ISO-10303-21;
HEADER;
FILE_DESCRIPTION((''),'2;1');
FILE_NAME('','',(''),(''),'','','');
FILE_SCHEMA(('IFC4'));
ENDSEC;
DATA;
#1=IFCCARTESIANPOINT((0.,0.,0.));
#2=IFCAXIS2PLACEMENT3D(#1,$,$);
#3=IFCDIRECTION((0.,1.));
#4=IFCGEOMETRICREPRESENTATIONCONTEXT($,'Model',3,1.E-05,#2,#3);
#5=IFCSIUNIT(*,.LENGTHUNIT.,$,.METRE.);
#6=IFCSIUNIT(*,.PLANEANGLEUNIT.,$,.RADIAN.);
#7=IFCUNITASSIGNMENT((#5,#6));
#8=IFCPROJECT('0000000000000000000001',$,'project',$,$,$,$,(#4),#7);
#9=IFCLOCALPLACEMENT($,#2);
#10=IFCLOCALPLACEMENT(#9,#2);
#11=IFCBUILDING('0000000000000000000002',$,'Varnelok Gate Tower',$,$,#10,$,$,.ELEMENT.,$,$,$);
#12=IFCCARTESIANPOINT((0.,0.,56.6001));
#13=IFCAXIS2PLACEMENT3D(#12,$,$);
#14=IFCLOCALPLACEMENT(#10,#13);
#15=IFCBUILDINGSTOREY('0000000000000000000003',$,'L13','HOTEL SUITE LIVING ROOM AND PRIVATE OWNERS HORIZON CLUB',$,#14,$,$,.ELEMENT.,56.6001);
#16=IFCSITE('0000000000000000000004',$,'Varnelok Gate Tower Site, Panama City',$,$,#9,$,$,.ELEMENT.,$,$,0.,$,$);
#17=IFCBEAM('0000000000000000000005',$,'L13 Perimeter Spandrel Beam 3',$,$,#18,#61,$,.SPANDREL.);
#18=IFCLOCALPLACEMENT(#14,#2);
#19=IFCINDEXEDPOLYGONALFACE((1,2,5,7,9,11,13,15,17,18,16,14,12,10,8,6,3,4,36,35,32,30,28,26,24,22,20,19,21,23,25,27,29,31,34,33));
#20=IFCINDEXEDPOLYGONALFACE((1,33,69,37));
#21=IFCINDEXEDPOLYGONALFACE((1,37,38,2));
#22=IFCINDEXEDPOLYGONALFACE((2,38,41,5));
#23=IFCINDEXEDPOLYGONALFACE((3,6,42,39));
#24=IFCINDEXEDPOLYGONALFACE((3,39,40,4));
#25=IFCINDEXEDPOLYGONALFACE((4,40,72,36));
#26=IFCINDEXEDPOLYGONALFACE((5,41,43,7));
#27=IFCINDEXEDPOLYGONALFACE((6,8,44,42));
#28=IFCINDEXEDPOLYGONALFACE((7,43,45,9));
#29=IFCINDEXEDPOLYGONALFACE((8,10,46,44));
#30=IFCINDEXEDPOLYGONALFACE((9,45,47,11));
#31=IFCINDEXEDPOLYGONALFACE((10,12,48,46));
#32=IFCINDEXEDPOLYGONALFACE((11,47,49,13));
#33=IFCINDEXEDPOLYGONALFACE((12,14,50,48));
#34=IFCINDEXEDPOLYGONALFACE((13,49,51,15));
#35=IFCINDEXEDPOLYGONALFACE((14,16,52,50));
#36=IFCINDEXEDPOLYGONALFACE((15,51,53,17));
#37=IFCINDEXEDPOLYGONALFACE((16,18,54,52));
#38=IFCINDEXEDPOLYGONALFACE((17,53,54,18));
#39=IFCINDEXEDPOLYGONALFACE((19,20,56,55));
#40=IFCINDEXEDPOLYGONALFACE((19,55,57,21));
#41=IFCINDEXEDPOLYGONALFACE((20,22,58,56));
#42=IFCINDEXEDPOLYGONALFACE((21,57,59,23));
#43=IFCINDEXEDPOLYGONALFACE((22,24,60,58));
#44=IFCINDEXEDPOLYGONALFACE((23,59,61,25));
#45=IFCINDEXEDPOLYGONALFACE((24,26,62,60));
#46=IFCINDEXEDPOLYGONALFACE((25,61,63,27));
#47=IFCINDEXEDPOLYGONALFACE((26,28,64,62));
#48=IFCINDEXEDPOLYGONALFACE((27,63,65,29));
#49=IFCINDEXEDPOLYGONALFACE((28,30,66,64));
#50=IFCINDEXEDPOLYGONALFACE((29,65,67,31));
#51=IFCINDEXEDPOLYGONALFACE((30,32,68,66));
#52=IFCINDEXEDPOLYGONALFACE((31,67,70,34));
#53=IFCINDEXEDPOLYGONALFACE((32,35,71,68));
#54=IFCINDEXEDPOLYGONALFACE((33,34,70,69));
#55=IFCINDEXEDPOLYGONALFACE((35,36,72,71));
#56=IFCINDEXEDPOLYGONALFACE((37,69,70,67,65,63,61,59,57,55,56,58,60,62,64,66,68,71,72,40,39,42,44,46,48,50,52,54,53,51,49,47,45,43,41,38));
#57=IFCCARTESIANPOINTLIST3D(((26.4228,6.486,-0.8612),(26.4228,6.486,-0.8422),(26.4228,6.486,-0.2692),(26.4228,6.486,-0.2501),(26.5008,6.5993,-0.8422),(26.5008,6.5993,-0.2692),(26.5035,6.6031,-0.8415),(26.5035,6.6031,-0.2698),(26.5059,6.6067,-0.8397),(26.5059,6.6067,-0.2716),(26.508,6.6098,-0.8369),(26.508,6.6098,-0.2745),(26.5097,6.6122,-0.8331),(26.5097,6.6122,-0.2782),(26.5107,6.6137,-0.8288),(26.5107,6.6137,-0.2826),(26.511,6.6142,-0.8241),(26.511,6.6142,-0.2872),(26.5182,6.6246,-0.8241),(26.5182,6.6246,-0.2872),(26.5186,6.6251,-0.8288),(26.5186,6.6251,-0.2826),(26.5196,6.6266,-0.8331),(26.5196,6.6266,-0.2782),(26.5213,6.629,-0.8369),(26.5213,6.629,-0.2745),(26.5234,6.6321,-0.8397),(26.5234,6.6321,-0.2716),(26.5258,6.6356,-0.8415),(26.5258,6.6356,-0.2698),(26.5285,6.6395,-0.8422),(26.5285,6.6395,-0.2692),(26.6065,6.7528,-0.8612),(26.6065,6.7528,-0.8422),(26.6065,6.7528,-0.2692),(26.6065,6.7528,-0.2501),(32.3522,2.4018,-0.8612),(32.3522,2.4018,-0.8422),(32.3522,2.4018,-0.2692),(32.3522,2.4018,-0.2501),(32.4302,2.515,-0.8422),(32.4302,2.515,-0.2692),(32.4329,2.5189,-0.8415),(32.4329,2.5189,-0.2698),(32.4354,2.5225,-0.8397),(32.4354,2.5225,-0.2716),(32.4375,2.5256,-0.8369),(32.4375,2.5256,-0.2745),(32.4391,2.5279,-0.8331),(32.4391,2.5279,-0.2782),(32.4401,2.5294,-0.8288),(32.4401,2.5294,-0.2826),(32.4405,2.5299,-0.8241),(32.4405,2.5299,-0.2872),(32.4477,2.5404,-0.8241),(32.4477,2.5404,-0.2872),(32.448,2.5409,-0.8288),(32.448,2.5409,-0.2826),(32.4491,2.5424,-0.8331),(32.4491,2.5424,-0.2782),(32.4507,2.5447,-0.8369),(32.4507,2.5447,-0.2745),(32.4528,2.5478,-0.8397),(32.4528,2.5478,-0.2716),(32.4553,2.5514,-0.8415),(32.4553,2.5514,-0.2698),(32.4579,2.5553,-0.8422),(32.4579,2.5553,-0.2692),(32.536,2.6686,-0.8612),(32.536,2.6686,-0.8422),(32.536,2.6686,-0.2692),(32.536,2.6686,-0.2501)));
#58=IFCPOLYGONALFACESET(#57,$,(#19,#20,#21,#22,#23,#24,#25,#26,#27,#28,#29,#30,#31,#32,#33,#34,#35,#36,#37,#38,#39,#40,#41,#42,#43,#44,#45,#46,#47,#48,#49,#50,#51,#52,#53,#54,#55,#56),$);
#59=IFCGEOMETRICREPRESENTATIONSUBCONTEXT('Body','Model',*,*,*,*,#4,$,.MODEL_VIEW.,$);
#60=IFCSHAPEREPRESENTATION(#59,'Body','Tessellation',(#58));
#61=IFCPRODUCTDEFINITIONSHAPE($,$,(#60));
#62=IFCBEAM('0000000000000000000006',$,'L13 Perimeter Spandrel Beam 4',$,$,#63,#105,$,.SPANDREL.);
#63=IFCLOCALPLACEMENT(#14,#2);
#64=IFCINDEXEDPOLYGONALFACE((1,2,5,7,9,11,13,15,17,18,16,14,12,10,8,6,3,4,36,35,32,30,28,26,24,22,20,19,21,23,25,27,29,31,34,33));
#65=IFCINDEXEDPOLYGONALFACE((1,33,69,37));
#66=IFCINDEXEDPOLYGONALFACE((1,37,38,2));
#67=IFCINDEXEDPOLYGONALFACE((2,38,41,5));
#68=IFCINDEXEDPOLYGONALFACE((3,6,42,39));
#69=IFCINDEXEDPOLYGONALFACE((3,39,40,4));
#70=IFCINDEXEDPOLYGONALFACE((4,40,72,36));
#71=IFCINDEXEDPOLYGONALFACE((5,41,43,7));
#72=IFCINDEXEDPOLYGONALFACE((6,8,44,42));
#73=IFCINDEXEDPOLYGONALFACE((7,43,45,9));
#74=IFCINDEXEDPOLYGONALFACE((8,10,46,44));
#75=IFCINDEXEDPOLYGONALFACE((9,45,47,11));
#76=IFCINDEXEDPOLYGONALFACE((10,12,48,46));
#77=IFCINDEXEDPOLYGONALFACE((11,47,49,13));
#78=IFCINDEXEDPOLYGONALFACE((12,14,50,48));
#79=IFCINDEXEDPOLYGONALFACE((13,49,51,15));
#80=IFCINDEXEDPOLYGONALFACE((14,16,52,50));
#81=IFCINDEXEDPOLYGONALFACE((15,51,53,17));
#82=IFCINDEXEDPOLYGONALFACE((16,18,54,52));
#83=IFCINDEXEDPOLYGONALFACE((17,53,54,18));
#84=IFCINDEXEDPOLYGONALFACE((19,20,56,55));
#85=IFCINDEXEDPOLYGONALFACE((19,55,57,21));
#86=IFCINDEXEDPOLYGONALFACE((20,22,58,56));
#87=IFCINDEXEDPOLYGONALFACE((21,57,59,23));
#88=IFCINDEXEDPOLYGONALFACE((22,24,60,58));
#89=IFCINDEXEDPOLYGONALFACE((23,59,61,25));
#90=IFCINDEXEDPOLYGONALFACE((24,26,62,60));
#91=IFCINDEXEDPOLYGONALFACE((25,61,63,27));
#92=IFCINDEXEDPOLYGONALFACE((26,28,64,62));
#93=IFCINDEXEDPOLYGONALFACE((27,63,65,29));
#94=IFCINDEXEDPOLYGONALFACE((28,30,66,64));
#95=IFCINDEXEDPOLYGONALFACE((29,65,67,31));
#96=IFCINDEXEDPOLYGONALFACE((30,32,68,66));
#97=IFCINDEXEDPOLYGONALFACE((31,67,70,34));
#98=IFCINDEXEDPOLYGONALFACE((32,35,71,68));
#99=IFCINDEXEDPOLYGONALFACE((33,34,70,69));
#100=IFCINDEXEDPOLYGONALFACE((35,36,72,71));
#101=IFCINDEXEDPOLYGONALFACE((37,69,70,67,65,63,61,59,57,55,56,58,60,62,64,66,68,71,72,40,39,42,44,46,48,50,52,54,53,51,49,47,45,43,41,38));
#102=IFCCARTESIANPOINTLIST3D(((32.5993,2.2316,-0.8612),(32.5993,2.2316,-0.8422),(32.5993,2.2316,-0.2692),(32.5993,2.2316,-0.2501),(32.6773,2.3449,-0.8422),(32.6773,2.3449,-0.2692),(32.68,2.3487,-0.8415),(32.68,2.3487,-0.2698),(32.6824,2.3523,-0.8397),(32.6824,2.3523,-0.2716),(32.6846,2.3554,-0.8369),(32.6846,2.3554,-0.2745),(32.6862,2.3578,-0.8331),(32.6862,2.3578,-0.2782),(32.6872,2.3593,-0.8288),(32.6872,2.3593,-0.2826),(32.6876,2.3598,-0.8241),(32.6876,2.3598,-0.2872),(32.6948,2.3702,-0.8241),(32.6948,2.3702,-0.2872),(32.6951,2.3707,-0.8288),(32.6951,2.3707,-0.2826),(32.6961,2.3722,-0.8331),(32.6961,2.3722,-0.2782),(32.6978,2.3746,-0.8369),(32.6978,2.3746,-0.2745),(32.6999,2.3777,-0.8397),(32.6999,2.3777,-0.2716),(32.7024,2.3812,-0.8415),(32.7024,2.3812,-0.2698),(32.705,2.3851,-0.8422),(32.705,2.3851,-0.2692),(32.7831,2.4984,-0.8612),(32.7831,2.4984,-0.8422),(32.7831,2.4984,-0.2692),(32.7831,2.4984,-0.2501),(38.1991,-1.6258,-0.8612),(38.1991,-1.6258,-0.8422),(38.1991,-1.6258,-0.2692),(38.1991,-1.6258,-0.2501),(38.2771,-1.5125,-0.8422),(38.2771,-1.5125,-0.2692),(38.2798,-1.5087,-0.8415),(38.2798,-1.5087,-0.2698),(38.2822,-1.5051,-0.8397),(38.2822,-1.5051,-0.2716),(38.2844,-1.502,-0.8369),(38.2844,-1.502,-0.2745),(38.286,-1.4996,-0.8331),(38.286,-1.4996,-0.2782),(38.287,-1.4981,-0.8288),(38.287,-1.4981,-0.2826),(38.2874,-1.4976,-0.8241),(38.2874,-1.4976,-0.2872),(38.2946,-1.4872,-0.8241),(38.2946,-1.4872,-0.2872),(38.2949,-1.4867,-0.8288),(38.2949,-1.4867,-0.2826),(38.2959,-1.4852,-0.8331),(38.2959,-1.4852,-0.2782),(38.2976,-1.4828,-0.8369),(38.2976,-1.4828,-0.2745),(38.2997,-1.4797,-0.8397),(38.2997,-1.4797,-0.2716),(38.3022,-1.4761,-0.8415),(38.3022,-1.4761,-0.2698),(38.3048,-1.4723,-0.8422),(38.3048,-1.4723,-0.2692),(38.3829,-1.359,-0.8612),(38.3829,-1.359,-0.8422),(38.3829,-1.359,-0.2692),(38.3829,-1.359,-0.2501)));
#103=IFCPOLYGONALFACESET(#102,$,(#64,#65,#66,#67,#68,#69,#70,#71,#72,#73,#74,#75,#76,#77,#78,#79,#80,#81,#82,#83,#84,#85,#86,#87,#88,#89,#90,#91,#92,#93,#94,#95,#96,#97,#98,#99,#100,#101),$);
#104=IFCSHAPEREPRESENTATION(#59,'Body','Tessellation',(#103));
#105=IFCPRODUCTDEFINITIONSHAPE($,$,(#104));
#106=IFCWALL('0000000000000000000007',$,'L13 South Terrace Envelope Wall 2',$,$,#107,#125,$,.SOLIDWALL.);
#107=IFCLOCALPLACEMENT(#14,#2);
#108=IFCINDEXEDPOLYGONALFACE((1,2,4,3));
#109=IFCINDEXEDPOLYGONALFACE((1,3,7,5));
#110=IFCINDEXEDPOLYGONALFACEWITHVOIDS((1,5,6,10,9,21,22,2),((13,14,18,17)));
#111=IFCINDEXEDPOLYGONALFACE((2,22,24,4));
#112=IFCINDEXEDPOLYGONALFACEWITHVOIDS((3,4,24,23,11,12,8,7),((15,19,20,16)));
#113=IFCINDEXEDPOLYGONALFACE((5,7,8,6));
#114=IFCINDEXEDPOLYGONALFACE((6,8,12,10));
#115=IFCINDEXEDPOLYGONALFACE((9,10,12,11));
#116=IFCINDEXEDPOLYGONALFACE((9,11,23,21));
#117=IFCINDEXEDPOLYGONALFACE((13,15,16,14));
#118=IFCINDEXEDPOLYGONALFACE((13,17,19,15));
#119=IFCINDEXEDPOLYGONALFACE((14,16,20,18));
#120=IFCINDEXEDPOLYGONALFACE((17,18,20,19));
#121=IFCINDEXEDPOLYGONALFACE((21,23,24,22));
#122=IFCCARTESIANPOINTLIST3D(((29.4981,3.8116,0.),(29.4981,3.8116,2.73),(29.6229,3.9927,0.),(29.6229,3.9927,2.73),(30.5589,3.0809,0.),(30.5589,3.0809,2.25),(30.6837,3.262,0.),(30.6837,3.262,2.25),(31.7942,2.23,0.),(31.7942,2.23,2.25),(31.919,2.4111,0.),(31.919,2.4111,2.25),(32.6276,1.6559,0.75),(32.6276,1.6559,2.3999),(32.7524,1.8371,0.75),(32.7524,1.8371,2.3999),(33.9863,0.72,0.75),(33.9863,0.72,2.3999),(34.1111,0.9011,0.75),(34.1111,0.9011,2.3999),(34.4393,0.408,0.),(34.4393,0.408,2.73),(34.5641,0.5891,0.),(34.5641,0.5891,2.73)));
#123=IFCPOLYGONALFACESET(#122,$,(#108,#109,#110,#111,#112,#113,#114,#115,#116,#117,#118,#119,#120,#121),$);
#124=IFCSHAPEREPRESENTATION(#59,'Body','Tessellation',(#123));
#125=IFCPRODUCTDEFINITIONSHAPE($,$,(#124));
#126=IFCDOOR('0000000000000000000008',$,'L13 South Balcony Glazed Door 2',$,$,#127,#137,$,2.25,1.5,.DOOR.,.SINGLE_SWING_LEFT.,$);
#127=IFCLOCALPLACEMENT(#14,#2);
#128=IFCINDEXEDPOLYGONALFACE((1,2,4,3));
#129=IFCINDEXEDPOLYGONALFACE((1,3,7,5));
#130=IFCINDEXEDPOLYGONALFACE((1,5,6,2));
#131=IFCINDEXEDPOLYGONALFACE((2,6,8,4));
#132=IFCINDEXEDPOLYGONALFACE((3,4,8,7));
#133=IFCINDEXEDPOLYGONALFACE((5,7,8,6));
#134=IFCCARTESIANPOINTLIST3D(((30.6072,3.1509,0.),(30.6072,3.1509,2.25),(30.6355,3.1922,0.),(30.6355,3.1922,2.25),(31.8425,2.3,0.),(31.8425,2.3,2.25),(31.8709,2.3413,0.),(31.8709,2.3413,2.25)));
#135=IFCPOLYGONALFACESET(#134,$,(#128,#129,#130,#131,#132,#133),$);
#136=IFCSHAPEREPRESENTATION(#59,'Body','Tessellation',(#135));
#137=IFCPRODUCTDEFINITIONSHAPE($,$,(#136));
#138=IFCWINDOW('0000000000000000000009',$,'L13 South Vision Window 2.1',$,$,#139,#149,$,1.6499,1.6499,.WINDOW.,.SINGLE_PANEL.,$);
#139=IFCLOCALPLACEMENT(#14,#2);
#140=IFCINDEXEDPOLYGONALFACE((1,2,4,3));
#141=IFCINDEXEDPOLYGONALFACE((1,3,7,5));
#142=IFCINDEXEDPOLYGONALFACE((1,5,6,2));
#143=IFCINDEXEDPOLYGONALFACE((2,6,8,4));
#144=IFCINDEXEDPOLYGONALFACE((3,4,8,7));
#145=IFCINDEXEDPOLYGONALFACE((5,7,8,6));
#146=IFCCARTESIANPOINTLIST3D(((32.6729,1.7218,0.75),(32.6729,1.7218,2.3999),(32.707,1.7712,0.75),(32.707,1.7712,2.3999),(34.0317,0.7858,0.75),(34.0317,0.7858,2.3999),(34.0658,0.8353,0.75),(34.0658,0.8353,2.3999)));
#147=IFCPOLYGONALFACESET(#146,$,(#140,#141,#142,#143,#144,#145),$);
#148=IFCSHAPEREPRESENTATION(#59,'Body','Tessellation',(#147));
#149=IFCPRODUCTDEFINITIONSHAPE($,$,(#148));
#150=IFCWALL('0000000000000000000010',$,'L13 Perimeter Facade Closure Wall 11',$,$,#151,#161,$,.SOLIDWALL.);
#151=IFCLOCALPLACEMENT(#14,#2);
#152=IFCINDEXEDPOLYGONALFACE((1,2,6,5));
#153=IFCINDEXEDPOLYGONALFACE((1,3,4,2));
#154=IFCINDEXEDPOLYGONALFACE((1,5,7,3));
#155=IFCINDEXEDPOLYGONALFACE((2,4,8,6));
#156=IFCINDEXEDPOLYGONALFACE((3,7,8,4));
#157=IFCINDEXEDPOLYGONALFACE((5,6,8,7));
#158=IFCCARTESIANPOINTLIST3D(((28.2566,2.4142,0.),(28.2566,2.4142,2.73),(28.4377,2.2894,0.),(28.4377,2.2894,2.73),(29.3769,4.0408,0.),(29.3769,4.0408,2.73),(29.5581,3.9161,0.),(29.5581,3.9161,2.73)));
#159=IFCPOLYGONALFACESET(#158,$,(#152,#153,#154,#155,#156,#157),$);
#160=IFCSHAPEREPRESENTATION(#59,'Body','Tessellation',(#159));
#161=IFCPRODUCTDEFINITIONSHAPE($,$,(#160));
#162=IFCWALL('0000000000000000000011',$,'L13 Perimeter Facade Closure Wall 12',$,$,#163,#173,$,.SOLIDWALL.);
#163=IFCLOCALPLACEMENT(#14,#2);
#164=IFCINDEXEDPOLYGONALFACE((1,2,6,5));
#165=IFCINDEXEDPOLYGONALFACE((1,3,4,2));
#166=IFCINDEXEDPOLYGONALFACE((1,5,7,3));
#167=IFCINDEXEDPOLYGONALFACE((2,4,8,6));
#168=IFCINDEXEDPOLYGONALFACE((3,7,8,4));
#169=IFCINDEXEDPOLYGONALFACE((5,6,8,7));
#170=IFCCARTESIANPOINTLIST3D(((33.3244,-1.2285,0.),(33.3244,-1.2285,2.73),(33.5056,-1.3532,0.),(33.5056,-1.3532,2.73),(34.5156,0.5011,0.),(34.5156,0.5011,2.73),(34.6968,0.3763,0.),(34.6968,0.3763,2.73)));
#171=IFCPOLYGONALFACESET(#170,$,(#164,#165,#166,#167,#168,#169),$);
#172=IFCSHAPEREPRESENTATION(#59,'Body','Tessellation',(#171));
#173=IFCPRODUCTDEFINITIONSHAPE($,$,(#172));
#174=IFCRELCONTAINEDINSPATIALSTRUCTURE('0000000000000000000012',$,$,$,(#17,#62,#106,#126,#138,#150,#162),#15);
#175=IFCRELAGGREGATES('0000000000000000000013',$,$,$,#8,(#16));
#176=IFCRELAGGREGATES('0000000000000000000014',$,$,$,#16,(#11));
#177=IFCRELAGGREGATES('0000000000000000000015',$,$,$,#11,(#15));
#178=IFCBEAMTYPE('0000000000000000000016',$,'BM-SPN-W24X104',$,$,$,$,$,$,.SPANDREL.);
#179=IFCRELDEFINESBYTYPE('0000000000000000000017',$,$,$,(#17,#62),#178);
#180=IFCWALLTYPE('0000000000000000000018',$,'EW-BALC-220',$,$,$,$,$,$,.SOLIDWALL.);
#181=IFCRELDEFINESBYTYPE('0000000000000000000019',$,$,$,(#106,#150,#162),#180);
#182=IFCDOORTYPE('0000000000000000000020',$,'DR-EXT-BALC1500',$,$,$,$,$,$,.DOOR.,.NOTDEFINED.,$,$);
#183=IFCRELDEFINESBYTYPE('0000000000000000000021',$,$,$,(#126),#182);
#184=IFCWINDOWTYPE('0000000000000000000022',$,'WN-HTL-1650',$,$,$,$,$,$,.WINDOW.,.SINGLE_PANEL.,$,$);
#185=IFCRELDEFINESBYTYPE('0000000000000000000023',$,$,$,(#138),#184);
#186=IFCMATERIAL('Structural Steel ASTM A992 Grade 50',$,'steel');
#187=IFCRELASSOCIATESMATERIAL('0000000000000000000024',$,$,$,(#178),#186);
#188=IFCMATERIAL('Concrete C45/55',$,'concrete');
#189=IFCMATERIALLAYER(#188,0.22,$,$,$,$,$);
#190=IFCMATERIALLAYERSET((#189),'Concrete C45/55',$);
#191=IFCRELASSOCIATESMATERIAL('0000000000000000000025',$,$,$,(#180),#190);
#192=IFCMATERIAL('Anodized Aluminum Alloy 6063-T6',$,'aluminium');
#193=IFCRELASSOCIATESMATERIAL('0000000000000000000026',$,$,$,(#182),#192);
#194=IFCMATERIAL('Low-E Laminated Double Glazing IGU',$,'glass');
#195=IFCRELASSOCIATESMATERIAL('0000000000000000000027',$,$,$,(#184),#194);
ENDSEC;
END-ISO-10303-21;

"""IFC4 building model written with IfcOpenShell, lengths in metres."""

from ifc_helpers import new_model, si_unit, direction, frame, frame_2d, origin, origin_2d, place, context, subcontext, project, spatial, rectangle, i_section, extrude, material, layer, layer_set, material_profile, profile_set, type_object, element, fill, save


model = new_model("IFC4")

# Units and contexts
model_context = context("Model", 3, precision=1e-05, world=origin(), true_north=direction((0.0, 1.0)))
body_context = subcontext(model_context, "Body", "Model", "MODEL_VIEW")
ifc_project = project(units=[si_unit("LENGTHUNIT", "METRE"), si_unit("PLANEANGLEUNIT", "RADIAN")], contexts=[model_context])

# Site, building, storey
site_placement = place(None, origin())
site = spatial("IfcSite", under=ifc_project, at=site_placement, Name="Varnelok Gate Tower Site, Panama City", CompositionType="ELEMENT", RefElevation=0.0)
building_placement = place(site_placement, origin())
building = spatial("IfcBuilding", under=site, at=building_placement, Name="Varnelok Gate Tower", CompositionType="ELEMENT")
storey_placement = place(building_placement, frame((0.0, 0.0, 56.6001)))
storey = spatial("IfcBuildingStorey", under=building, at=storey_placement, Name="L13", Description="HOTEL SUITE LIVING ROOM AND PRIVATE OWNERS HORIZON CLUB", CompositionType="ELEMENT", Elevation=56.6001)

# Shared definitions
ifc_material_1 = material(Name="Structural Steel ASTM A992 Grade 50", Category="steel")

# Beams
ifc_material_profile_1 = material_profile(ifc_material_1, i_section(OverallWidth=0.324, OverallDepth=0.6111, WebThickness=0.0127, FlangeThickness=0.019, FilletRadius=0.0181, at=origin_2d()), Name="W24X104")
ifc_profile_set_1 = profile_set([ifc_material_profile_1], Name="Structural Steel ASTM A992 Grade 50")
beam_type_1 = type_object("IfcBeamType", Name="BM-SPN-W24X104", PredefinedType="SPANDREL", material=ifc_profile_set_1)
beam_1_placement = place(storey_placement, frame((26.5146, 6.6194, -0.5557), z_axis=(0.82354, -0.567258, 0.0), x_axis=(0.567258, 0.82354, 0.0)))
element("IfcBeam", 1, at=beam_1_placement, inside=storey, type_object=beam_type_1, Name="L13 Perimeter Spandrel Beam 3", PredefinedType="SPANDREL", context=body_context, shape_type="SweptSolid", body=[
    extrude(i_section(OverallWidth=0.324, OverallDepth=0.6111, WebThickness=0.0127, FlangeThickness=0.019, FilletRadius=0.0181, at=origin_2d()), origin(), (0.0, 0.0, 1.0), 7.2),
])
beam_2_placement = place(storey_placement, frame((32.6912, 2.365, -0.5557), z_axis=(0.823525, -0.56728, 0.0), x_axis=(0.56728, 0.823525, 0.0)))
element("IfcBeam", 2, at=beam_2_placement, inside=storey, type_object=beam_type_1, Name="L13 Perimeter Spandrel Beam 4", PredefinedType="SPANDREL", context=body_context, shape_type="SweptSolid", body=[
    extrude(i_section(OverallWidth=0.324, OverallDepth=0.6111, WebThickness=0.0127, FlangeThickness=0.019, FilletRadius=0.0181, at=origin_2d()), origin(), (0.0, 0.0, 1.0), 6.7998),
])

# Wall, openings, door, window
ifc_material_2 = material(Name="Concrete C45/55", Category="concrete")
ifc_layer_1 = layer(ifc_material_2, 0.22)
ifc_layer_set_1 = layer_set([ifc_layer_1], Name="Concrete C45/55")
wall_type_1 = type_object("IfcWallType", Name="EW-BALC-220", PredefinedType="SOLIDWALL", material=ifc_layer_set_1)
wall_1_placement = place(storey_placement, frame((34.5017, 0.4985, 0.0), z_axis=(0.0, 0.0, 1.0), x_axis=(-0.823535, 0.567266, 0.0)))
wall_1 = element("IfcWall", 3, at=wall_1_placement, inside=storey, type_object=wall_type_1, Name="L13 South Terrace Envelope Wall 2", PredefinedType="SOLIDWALL", context=body_context, shape_type="SweptSolid", body=[
    extrude(rectangle(XDim=6.0, YDim=0.22, at=frame_2d((3.0, 0.0))), origin(), (0.0, 0.0, 1.0), 2.73),
])
opening_1_placement = place(wall_1_placement, frame((3.2119, 0.0, 0.0)))
opening_1 = element("IfcOpeningElement", 4, at=opening_1_placement, cuts=wall_1, PredefinedType="OPENING", context=body_context, shape_type="SweptSolid", body=[
    extrude(rectangle(XDim=1.5, YDim=2.25, at=frame_2d((0.75, 1.125))), frame((0.0, 0.1199, 0.0), z_axis=(0.0, -1.0, 0.0), x_axis=(1.0, 0.0, 0.0)), (0.0, 0.0, 1.0), 0.24),
])
opening_2_placement = place(wall_1_placement, frame((0.55, 0.0, 0.75)))
opening_2 = element("IfcOpeningElement", 5, at=opening_2_placement, cuts=wall_1, PredefinedType="OPENING", context=body_context, shape_type="SweptSolid", body=[
    extrude(rectangle(XDim=1.6499, YDim=1.6499, at=frame_2d((0.825, 0.825))), frame((0.0, 0.1199, 0.0), z_axis=(0.0, -1.0, 0.0), x_axis=(1.0, 0.0, 0.0)), (0.0, 0.0, 1.0), 0.24),
])
ifc_material_3 = material(Name="Anodized Aluminum Alloy 6063-T6", Category="aluminium")
door_type_1 = type_object("IfcDoorType", Name="DR-EXT-BALC1500", OperationType="NOTDEFINED", PredefinedType="DOOR", material=ifc_material_3)
door_1_placement = place(opening_1_placement, origin())
door_1 = element("IfcDoor", 6, at=door_1_placement, inside=storey, type_object=door_type_1, Name="L13 South Balcony Glazed Door 2", OperationType="SINGLE_SWING_LEFT", OverallHeight=2.25, OverallWidth=1.5, PredefinedType="DOOR", context=body_context, shape_type="SweptSolid", body=[
    extrude(rectangle(XDim=1.5, YDim=2.25, at=frame_2d((0.75, 1.125))), frame((0.0, 0.0249, 0.0), z_axis=(0.0, -1.0, 0.0), x_axis=(1.0, 0.0, 0.0)), (0.0, 0.0, 1.0), 0.05),
])
fill(opening_1, door_1)
ifc_material_4 = material(Name="Low-E Laminated Double Glazing IGU", Category="glass")
window_type = type_object("IfcWindowType", Name="WN-HTL-1650", PartitioningType="SINGLE_PANEL", PredefinedType="WINDOW", material=ifc_material_4)
window_1_placement = place(opening_2_placement, origin())
window_1 = element("IfcWindow", 7, at=window_1_placement, inside=storey, type_object=window_type, Name="L13 South Vision Window 2.1", OverallHeight=1.6499, OverallWidth=1.6499, PartitioningType="SINGLE_PANEL", PredefinedType="WINDOW", context=body_context, shape_type="SweptSolid", body=[
    extrude(rectangle(XDim=1.6499, YDim=1.6499, at=frame_2d((0.825, 0.825))), frame((0.0, 0.03, 0.0), z_axis=(0.0, -1.0, 0.0), x_axis=(1.0, 0.0, 0.0)), (0.0, 0.0, 1.0), 0.0601),
])
fill(opening_2, window_1)

# Walls
wall_2_placement = place(storey_placement, frame((28.3472, 2.3518, 0.0), z_axis=(0.0, 0.0, 1.0), x_axis=(0.567216, 0.823569, 0.0)))
element("IfcWall", 8, at=wall_2_placement, inside=storey, type_object=wall_type_1, Name="L13 Perimeter Facade Closure Wall 11", PredefinedType="SOLIDWALL", context=body_context, shape_type="SweptSolid", body=[
    extrude(rectangle(XDim=1.9751, YDim=0.22, at=frame_2d((0.9875, 0.0))), origin(), (0.0, 0.0, 1.0), 2.73),
])
wall_3_placement = place(storey_placement, frame((34.6062, 0.4387, 0.0), z_axis=(0.0, 0.0, 1.0), x_axis=(-0.567219, -0.823567, 0.0)))
element("IfcWall", 9, at=wall_3_placement, inside=storey, type_object=wall_type_1, Name="L13 Perimeter Facade Closure Wall 12", PredefinedType="SOLIDWALL", context=body_context, shape_type="SweptSolid", body=[
    extrude(rectangle(XDim=2.1001, YDim=0.22, at=frame_2d((1.05, 0.0))), origin(), (0.0, 0.0, 1.0), 2.73),
])

save(model, "model.ifc")
